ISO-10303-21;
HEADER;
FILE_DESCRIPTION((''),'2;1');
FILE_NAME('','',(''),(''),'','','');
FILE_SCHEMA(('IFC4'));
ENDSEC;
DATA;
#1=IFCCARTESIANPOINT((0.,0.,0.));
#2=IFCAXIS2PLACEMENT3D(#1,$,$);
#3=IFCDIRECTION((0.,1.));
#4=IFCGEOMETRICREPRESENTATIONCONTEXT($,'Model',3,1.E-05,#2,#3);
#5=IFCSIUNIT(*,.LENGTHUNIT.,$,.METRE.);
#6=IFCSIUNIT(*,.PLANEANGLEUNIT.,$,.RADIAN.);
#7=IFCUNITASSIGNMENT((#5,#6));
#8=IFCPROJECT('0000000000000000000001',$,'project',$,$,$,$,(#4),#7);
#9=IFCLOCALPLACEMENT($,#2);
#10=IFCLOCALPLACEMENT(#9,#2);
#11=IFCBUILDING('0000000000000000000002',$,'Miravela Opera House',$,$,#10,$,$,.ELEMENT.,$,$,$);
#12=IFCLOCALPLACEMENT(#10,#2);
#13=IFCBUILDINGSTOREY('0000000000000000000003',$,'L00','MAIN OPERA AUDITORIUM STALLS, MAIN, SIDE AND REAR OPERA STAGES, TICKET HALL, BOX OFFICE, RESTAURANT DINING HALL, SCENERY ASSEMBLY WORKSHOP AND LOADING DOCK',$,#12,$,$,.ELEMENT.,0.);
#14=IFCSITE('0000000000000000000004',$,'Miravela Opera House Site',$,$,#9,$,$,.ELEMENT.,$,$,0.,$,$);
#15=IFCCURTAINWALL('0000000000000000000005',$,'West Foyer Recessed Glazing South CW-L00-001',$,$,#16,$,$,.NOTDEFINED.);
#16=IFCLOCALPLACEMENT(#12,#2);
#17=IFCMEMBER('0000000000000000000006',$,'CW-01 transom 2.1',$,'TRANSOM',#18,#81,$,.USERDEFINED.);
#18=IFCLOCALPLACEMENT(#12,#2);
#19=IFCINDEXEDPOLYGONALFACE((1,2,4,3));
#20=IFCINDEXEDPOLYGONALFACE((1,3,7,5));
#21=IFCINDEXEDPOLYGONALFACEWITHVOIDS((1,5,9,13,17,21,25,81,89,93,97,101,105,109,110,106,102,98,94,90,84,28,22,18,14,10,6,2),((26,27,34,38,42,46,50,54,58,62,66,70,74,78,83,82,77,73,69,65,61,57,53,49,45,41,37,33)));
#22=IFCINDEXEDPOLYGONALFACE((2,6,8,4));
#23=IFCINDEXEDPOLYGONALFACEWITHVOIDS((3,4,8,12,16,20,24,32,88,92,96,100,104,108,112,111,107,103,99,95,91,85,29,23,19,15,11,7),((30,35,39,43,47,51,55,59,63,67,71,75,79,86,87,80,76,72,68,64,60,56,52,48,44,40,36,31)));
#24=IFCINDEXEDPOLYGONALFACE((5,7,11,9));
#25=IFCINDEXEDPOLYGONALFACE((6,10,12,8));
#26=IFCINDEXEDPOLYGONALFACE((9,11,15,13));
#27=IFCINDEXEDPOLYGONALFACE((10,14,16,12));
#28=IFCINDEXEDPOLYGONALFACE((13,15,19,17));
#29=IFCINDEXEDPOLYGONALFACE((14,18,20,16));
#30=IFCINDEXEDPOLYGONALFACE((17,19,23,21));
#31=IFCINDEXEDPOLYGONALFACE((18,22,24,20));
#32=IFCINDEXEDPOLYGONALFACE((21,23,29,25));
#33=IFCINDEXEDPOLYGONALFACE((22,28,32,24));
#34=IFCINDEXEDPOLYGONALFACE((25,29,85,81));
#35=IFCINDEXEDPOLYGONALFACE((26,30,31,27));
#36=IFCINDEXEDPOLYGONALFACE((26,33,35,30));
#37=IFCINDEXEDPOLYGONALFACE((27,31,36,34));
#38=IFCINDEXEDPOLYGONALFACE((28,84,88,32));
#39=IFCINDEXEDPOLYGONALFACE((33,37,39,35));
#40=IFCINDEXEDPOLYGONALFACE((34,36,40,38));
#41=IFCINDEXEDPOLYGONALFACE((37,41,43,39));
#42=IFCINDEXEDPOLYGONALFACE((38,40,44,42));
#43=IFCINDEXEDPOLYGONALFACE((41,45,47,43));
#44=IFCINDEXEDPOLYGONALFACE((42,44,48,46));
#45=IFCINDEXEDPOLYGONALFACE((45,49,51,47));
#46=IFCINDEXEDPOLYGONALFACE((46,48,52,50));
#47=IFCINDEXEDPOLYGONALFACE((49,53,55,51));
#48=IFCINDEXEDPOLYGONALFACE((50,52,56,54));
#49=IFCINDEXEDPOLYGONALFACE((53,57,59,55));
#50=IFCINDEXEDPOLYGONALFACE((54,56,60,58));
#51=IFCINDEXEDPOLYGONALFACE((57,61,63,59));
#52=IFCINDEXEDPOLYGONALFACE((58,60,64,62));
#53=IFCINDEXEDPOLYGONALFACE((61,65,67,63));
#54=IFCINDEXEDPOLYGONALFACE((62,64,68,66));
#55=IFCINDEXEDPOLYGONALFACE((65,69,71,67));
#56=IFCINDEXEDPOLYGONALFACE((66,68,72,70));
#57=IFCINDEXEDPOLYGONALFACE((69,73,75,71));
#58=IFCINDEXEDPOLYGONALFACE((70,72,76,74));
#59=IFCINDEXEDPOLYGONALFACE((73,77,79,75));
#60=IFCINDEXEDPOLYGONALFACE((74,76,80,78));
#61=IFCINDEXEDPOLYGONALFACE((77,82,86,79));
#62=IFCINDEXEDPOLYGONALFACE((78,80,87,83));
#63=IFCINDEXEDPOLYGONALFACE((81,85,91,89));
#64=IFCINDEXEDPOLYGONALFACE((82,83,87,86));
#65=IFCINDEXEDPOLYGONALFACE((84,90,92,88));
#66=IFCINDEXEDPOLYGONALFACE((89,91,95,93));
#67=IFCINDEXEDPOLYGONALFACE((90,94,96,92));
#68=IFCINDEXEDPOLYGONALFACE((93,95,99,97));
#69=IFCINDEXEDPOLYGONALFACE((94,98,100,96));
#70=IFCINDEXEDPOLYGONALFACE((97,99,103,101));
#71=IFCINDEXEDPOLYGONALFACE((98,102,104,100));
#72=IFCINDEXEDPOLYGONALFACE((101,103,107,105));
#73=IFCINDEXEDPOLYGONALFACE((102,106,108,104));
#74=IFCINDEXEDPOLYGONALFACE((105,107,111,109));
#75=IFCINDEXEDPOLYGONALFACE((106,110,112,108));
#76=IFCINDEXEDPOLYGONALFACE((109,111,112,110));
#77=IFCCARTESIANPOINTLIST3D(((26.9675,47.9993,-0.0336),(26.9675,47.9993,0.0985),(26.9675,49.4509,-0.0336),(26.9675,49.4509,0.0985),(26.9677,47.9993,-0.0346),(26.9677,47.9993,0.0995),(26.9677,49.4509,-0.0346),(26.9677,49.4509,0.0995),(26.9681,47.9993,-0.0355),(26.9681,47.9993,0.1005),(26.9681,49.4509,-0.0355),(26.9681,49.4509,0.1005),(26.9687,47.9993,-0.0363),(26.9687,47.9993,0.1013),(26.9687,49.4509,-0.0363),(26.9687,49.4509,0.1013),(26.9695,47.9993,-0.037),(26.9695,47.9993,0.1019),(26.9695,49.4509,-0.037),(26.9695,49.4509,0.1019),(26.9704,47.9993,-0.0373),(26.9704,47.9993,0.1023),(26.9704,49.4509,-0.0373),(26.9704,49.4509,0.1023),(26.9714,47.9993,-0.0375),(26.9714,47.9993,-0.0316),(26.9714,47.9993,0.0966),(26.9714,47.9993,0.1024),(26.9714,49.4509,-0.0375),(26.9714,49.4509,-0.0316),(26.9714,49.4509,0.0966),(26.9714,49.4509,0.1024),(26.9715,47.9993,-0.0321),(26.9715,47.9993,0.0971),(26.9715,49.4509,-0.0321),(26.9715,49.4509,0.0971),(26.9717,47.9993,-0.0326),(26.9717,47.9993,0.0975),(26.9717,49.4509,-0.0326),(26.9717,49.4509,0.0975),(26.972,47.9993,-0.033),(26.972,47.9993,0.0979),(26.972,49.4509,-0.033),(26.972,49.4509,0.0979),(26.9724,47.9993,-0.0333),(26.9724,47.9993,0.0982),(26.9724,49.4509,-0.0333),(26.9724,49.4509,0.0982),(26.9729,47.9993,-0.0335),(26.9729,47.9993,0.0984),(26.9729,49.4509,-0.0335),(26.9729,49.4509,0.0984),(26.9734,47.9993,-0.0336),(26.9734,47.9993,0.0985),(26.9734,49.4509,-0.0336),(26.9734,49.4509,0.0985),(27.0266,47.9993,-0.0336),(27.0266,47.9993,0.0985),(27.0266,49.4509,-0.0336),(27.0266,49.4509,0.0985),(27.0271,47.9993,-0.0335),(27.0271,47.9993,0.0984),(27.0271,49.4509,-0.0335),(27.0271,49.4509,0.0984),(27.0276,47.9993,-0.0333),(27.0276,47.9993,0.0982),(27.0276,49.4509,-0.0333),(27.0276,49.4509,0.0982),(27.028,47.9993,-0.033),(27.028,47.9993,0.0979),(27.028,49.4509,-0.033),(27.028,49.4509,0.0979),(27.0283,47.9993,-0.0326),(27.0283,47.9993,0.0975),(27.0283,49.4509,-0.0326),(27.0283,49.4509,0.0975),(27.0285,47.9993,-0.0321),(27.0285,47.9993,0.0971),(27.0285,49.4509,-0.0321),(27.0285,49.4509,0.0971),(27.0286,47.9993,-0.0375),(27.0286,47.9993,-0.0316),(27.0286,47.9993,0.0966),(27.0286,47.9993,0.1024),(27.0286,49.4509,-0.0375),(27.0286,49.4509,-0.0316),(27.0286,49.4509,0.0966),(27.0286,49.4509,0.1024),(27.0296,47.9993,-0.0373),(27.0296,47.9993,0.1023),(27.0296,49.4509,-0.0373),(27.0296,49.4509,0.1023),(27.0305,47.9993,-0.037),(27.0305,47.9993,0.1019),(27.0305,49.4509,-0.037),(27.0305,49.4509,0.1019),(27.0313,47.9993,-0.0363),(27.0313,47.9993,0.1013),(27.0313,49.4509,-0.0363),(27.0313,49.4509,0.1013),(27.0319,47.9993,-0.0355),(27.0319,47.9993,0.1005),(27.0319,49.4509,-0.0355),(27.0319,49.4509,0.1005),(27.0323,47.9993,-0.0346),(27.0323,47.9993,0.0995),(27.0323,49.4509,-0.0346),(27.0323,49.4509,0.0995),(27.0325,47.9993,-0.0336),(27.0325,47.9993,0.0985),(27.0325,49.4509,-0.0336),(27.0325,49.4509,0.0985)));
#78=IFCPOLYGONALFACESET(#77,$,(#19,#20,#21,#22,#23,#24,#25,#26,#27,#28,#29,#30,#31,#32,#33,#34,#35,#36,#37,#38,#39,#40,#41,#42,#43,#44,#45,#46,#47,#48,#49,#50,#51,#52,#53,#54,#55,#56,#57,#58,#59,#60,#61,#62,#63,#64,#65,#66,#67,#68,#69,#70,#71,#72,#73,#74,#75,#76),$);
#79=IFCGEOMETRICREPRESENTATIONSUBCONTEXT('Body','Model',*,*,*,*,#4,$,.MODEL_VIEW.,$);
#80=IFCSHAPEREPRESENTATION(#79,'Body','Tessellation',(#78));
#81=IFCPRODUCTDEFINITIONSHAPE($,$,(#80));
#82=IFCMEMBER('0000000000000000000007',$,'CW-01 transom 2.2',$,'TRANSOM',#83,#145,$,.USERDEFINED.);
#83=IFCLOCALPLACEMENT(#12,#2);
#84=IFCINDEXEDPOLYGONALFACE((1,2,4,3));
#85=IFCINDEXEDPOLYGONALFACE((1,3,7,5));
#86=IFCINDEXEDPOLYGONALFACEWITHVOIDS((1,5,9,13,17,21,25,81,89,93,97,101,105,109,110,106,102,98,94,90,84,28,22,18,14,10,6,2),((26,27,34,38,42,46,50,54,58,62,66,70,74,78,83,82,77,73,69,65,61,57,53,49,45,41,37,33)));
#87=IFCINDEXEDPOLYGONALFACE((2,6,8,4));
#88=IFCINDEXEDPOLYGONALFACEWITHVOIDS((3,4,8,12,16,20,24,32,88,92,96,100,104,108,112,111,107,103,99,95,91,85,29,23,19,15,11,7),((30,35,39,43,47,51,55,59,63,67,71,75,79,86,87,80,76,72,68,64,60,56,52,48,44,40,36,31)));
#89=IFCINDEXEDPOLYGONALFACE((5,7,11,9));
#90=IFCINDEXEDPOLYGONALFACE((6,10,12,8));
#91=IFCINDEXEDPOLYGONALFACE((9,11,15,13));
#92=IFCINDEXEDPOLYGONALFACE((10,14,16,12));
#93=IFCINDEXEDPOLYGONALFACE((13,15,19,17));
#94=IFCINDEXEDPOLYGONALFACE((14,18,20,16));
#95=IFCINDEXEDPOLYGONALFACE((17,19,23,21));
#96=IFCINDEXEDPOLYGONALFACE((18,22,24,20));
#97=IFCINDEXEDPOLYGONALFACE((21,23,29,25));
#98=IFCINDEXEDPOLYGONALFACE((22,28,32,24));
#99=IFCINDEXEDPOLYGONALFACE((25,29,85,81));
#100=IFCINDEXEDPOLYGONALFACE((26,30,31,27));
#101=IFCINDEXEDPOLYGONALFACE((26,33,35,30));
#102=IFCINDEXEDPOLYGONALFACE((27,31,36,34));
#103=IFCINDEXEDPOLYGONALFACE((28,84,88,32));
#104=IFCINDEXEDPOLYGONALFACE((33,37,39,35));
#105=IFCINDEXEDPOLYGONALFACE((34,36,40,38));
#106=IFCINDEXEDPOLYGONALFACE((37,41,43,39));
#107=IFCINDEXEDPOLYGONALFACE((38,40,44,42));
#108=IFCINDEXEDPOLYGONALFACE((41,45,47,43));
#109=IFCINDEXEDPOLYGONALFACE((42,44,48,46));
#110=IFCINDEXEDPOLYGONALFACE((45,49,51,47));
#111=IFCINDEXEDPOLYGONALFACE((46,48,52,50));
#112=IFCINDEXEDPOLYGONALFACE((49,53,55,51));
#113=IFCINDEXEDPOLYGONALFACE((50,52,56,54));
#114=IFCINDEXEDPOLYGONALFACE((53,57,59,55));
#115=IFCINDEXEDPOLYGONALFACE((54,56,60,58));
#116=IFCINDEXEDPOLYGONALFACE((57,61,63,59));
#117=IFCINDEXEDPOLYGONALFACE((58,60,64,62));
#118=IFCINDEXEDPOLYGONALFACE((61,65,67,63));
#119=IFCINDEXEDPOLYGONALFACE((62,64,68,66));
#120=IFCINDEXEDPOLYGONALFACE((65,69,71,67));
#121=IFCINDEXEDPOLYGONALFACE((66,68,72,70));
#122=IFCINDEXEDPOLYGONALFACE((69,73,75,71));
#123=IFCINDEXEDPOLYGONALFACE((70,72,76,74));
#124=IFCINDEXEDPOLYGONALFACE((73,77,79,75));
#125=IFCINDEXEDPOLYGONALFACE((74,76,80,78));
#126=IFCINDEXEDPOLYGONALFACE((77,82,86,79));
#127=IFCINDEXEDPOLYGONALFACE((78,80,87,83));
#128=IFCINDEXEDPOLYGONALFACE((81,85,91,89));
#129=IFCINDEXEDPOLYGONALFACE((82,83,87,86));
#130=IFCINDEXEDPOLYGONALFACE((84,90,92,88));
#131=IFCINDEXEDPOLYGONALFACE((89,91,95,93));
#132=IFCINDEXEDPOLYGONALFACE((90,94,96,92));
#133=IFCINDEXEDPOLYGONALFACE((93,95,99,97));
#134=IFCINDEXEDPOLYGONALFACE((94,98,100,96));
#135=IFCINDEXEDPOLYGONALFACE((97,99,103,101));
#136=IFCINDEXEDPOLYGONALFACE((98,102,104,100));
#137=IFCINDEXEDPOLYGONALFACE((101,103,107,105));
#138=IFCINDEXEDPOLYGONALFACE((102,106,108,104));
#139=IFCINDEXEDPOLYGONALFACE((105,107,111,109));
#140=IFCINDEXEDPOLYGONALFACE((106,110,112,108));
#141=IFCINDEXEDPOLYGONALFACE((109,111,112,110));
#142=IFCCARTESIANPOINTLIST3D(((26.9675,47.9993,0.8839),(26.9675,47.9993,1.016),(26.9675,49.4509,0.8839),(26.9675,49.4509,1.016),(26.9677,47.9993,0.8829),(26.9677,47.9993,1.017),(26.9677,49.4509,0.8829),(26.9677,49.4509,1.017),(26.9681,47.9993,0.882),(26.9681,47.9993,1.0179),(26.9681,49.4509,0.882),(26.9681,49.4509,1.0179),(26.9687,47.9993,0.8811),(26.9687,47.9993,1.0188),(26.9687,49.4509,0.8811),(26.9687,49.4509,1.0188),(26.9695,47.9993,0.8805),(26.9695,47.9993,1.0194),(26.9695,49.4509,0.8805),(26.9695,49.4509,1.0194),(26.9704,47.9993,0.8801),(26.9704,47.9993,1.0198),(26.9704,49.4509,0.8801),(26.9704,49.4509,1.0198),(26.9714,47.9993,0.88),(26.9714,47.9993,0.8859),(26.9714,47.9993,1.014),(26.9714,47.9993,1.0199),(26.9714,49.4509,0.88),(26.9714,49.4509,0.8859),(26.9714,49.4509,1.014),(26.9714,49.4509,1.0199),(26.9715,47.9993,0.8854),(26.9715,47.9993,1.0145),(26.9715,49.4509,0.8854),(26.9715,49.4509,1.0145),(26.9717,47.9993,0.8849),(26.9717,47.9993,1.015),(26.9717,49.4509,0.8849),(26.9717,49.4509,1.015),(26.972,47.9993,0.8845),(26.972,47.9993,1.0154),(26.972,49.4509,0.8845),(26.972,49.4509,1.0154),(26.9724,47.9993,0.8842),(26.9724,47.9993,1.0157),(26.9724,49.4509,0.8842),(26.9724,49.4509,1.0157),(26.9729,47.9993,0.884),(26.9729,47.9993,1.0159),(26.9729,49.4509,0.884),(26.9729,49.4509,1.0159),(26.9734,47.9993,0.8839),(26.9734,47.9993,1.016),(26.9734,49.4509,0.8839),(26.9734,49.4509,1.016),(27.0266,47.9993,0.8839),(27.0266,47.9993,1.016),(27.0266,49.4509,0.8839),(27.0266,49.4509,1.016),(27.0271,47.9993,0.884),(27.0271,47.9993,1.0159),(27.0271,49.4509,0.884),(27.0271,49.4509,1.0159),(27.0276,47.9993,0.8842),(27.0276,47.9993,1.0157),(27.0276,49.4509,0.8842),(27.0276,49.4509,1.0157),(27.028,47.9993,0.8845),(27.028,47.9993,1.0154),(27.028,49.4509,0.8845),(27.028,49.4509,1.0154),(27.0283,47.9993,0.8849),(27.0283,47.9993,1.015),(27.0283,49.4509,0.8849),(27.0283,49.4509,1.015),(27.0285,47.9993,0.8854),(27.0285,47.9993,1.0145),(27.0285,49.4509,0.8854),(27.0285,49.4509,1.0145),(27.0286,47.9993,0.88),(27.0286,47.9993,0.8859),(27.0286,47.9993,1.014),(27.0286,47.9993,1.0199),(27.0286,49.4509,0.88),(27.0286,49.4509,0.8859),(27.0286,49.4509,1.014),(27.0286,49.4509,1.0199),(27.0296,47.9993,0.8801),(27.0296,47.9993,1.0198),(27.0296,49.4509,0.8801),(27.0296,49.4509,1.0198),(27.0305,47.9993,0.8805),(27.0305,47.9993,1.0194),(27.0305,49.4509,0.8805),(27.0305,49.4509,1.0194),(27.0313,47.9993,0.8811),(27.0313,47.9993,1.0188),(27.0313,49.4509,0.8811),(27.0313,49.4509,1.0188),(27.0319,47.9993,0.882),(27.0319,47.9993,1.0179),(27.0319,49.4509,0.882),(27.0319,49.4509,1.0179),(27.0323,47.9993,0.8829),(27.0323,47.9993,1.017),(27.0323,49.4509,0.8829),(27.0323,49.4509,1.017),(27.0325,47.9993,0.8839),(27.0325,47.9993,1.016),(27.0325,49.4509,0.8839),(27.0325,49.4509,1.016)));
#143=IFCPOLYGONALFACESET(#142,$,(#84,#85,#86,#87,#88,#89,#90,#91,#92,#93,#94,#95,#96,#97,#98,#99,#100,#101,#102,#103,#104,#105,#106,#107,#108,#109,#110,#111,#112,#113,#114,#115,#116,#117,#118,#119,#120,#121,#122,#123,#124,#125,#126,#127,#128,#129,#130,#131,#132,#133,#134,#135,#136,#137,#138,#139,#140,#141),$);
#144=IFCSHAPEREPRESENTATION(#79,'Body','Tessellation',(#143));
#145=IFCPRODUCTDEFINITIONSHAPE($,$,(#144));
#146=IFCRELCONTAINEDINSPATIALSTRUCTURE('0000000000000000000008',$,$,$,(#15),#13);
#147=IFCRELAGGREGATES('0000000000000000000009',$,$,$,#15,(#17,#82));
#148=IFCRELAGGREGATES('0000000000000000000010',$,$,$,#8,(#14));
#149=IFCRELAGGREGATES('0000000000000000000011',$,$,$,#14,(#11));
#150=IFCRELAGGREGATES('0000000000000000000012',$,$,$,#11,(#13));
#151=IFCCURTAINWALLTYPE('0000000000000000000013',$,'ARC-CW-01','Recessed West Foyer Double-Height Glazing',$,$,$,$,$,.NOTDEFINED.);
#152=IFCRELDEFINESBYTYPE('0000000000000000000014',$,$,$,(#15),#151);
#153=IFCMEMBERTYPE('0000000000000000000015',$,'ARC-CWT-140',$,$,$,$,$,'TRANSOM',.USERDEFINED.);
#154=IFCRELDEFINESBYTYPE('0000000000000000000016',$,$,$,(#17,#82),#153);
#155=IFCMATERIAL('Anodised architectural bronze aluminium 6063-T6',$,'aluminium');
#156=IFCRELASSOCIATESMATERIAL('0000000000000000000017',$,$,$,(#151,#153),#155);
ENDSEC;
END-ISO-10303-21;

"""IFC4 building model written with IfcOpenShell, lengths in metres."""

from ifc_helpers import new_model, si_unit, direction, frame, origin, origin_2d, place, context, subcontext, project, spatial, hollow_rectangle, extrude, material, material_profile, profile_set, type_object, element, aggregate, save


model = new_model("IFC4")

# Units and contexts
model_context = context("Model", 3, precision=1e-05, world=origin(), true_north=direction((0.0, 1.0)))
body_context = subcontext(model_context, "Body", "Model", "MODEL_VIEW")
ifc_project = project(units=[si_unit("LENGTHUNIT", "METRE"), si_unit("PLANEANGLEUNIT", "RADIAN")], contexts=[model_context])

# Site, building, storey
site_placement = place(None, origin())
site = spatial("IfcSite", under=ifc_project, at=site_placement, Name="Miravela Opera House Site", CompositionType="ELEMENT", RefElevation=0.0)
building_placement = place(site_placement, origin())
building = spatial("IfcBuilding", under=site, at=building_placement, Name="Miravela Opera House", CompositionType="ELEMENT")
storey_placement = place(building_placement, origin())
storey = spatial("IfcBuildingStorey", under=building, at=storey_placement, Name="L00", Description="MAIN OPERA AUDITORIUM STALLS, MAIN, SIDE AND REAR OPERA STAGES, TICKET HALL, BOX OFFICE, RESTAURANT DINING HALL, SCENERY ASSEMBLY WORKSHOP AND LOADING DOCK", CompositionType="ELEMENT", Elevation=0.0)

# Curtain wall, members
ifc_material_1 = material(Name="Anodised architectural bronze aluminium 6063-T6", Category="aluminium")
curtain_wall_type = type_object("IfcCurtainWallType", Name="ARC-CW-01", Description="Recessed West Foyer Double-Height Glazing", PredefinedType="NOTDEFINED", material=ifc_material_1)
curtain_wall_placement = place(storey_placement, origin())
curtain_wall = element("IfcCurtainWall", 1, at=curtain_wall_placement, inside=storey, type_object=curtain_wall_type, Name="West Foyer Recessed Glazing South CW-L00-001", PredefinedType="NOTDEFINED")
ifc_material_profile_1 = material_profile(ifc_material_1, hollow_rectangle(XDim=0.0649, YDim=0.1399, WallThickness=0.0039, InnerFilletRadius=0.002, OuterFilletRadius=0.0039, at=origin_2d()), Name="CWT-65X140")
ifc_profile_set_1 = profile_set([ifc_material_profile_1])
member_type_1 = type_object("IfcMemberType", Name="ARC-CWT-140", ElementType="TRANSOM", PredefinedType="USERDEFINED", material=ifc_profile_set_1)
member_1_placement = place(storey_placement, frame((27.0, 47.9993, 0.0325), z_axis=(0.0, 1.0, 0.0), x_axis=(-1.0, 0.0, 0.0)))
member_1 = element("IfcMember", 2, at=member_1_placement, type_object=member_type_1, Name="CW-01 transom 2.1", ObjectType="TRANSOM", PredefinedType="USERDEFINED", context=body_context, shape_type="SweptSolid", body=[
    extrude(hollow_rectangle(XDim=0.0649, YDim=0.1399, WallThickness=0.0039, InnerFilletRadius=0.002, OuterFilletRadius=0.0039, at=origin_2d()), origin(), (0.0, 0.0, 1.0), 1.4517),
])
member_2_placement = place(storey_placement, frame((27.0, 47.9993, 0.95), z_axis=(0.0, 1.0, 0.0), x_axis=(-1.0, 0.0, 0.0)))
member_2 = element("IfcMember", 3, at=member_2_placement, type_object=member_type_1, Name="CW-01 transom 2.2", ObjectType="TRANSOM", PredefinedType="USERDEFINED", context=body_context, shape_type="SweptSolid", body=[
    extrude(hollow_rectangle(XDim=0.0649, YDim=0.1399, WallThickness=0.0039, InnerFilletRadius=0.002, OuterFilletRadius=0.0039, at=origin_2d()), origin(), (0.0, 0.0, 1.0), 1.4517),
])

aggregate(curtain_wall, [member_1, member_2])

save(model, "model.ifc")
